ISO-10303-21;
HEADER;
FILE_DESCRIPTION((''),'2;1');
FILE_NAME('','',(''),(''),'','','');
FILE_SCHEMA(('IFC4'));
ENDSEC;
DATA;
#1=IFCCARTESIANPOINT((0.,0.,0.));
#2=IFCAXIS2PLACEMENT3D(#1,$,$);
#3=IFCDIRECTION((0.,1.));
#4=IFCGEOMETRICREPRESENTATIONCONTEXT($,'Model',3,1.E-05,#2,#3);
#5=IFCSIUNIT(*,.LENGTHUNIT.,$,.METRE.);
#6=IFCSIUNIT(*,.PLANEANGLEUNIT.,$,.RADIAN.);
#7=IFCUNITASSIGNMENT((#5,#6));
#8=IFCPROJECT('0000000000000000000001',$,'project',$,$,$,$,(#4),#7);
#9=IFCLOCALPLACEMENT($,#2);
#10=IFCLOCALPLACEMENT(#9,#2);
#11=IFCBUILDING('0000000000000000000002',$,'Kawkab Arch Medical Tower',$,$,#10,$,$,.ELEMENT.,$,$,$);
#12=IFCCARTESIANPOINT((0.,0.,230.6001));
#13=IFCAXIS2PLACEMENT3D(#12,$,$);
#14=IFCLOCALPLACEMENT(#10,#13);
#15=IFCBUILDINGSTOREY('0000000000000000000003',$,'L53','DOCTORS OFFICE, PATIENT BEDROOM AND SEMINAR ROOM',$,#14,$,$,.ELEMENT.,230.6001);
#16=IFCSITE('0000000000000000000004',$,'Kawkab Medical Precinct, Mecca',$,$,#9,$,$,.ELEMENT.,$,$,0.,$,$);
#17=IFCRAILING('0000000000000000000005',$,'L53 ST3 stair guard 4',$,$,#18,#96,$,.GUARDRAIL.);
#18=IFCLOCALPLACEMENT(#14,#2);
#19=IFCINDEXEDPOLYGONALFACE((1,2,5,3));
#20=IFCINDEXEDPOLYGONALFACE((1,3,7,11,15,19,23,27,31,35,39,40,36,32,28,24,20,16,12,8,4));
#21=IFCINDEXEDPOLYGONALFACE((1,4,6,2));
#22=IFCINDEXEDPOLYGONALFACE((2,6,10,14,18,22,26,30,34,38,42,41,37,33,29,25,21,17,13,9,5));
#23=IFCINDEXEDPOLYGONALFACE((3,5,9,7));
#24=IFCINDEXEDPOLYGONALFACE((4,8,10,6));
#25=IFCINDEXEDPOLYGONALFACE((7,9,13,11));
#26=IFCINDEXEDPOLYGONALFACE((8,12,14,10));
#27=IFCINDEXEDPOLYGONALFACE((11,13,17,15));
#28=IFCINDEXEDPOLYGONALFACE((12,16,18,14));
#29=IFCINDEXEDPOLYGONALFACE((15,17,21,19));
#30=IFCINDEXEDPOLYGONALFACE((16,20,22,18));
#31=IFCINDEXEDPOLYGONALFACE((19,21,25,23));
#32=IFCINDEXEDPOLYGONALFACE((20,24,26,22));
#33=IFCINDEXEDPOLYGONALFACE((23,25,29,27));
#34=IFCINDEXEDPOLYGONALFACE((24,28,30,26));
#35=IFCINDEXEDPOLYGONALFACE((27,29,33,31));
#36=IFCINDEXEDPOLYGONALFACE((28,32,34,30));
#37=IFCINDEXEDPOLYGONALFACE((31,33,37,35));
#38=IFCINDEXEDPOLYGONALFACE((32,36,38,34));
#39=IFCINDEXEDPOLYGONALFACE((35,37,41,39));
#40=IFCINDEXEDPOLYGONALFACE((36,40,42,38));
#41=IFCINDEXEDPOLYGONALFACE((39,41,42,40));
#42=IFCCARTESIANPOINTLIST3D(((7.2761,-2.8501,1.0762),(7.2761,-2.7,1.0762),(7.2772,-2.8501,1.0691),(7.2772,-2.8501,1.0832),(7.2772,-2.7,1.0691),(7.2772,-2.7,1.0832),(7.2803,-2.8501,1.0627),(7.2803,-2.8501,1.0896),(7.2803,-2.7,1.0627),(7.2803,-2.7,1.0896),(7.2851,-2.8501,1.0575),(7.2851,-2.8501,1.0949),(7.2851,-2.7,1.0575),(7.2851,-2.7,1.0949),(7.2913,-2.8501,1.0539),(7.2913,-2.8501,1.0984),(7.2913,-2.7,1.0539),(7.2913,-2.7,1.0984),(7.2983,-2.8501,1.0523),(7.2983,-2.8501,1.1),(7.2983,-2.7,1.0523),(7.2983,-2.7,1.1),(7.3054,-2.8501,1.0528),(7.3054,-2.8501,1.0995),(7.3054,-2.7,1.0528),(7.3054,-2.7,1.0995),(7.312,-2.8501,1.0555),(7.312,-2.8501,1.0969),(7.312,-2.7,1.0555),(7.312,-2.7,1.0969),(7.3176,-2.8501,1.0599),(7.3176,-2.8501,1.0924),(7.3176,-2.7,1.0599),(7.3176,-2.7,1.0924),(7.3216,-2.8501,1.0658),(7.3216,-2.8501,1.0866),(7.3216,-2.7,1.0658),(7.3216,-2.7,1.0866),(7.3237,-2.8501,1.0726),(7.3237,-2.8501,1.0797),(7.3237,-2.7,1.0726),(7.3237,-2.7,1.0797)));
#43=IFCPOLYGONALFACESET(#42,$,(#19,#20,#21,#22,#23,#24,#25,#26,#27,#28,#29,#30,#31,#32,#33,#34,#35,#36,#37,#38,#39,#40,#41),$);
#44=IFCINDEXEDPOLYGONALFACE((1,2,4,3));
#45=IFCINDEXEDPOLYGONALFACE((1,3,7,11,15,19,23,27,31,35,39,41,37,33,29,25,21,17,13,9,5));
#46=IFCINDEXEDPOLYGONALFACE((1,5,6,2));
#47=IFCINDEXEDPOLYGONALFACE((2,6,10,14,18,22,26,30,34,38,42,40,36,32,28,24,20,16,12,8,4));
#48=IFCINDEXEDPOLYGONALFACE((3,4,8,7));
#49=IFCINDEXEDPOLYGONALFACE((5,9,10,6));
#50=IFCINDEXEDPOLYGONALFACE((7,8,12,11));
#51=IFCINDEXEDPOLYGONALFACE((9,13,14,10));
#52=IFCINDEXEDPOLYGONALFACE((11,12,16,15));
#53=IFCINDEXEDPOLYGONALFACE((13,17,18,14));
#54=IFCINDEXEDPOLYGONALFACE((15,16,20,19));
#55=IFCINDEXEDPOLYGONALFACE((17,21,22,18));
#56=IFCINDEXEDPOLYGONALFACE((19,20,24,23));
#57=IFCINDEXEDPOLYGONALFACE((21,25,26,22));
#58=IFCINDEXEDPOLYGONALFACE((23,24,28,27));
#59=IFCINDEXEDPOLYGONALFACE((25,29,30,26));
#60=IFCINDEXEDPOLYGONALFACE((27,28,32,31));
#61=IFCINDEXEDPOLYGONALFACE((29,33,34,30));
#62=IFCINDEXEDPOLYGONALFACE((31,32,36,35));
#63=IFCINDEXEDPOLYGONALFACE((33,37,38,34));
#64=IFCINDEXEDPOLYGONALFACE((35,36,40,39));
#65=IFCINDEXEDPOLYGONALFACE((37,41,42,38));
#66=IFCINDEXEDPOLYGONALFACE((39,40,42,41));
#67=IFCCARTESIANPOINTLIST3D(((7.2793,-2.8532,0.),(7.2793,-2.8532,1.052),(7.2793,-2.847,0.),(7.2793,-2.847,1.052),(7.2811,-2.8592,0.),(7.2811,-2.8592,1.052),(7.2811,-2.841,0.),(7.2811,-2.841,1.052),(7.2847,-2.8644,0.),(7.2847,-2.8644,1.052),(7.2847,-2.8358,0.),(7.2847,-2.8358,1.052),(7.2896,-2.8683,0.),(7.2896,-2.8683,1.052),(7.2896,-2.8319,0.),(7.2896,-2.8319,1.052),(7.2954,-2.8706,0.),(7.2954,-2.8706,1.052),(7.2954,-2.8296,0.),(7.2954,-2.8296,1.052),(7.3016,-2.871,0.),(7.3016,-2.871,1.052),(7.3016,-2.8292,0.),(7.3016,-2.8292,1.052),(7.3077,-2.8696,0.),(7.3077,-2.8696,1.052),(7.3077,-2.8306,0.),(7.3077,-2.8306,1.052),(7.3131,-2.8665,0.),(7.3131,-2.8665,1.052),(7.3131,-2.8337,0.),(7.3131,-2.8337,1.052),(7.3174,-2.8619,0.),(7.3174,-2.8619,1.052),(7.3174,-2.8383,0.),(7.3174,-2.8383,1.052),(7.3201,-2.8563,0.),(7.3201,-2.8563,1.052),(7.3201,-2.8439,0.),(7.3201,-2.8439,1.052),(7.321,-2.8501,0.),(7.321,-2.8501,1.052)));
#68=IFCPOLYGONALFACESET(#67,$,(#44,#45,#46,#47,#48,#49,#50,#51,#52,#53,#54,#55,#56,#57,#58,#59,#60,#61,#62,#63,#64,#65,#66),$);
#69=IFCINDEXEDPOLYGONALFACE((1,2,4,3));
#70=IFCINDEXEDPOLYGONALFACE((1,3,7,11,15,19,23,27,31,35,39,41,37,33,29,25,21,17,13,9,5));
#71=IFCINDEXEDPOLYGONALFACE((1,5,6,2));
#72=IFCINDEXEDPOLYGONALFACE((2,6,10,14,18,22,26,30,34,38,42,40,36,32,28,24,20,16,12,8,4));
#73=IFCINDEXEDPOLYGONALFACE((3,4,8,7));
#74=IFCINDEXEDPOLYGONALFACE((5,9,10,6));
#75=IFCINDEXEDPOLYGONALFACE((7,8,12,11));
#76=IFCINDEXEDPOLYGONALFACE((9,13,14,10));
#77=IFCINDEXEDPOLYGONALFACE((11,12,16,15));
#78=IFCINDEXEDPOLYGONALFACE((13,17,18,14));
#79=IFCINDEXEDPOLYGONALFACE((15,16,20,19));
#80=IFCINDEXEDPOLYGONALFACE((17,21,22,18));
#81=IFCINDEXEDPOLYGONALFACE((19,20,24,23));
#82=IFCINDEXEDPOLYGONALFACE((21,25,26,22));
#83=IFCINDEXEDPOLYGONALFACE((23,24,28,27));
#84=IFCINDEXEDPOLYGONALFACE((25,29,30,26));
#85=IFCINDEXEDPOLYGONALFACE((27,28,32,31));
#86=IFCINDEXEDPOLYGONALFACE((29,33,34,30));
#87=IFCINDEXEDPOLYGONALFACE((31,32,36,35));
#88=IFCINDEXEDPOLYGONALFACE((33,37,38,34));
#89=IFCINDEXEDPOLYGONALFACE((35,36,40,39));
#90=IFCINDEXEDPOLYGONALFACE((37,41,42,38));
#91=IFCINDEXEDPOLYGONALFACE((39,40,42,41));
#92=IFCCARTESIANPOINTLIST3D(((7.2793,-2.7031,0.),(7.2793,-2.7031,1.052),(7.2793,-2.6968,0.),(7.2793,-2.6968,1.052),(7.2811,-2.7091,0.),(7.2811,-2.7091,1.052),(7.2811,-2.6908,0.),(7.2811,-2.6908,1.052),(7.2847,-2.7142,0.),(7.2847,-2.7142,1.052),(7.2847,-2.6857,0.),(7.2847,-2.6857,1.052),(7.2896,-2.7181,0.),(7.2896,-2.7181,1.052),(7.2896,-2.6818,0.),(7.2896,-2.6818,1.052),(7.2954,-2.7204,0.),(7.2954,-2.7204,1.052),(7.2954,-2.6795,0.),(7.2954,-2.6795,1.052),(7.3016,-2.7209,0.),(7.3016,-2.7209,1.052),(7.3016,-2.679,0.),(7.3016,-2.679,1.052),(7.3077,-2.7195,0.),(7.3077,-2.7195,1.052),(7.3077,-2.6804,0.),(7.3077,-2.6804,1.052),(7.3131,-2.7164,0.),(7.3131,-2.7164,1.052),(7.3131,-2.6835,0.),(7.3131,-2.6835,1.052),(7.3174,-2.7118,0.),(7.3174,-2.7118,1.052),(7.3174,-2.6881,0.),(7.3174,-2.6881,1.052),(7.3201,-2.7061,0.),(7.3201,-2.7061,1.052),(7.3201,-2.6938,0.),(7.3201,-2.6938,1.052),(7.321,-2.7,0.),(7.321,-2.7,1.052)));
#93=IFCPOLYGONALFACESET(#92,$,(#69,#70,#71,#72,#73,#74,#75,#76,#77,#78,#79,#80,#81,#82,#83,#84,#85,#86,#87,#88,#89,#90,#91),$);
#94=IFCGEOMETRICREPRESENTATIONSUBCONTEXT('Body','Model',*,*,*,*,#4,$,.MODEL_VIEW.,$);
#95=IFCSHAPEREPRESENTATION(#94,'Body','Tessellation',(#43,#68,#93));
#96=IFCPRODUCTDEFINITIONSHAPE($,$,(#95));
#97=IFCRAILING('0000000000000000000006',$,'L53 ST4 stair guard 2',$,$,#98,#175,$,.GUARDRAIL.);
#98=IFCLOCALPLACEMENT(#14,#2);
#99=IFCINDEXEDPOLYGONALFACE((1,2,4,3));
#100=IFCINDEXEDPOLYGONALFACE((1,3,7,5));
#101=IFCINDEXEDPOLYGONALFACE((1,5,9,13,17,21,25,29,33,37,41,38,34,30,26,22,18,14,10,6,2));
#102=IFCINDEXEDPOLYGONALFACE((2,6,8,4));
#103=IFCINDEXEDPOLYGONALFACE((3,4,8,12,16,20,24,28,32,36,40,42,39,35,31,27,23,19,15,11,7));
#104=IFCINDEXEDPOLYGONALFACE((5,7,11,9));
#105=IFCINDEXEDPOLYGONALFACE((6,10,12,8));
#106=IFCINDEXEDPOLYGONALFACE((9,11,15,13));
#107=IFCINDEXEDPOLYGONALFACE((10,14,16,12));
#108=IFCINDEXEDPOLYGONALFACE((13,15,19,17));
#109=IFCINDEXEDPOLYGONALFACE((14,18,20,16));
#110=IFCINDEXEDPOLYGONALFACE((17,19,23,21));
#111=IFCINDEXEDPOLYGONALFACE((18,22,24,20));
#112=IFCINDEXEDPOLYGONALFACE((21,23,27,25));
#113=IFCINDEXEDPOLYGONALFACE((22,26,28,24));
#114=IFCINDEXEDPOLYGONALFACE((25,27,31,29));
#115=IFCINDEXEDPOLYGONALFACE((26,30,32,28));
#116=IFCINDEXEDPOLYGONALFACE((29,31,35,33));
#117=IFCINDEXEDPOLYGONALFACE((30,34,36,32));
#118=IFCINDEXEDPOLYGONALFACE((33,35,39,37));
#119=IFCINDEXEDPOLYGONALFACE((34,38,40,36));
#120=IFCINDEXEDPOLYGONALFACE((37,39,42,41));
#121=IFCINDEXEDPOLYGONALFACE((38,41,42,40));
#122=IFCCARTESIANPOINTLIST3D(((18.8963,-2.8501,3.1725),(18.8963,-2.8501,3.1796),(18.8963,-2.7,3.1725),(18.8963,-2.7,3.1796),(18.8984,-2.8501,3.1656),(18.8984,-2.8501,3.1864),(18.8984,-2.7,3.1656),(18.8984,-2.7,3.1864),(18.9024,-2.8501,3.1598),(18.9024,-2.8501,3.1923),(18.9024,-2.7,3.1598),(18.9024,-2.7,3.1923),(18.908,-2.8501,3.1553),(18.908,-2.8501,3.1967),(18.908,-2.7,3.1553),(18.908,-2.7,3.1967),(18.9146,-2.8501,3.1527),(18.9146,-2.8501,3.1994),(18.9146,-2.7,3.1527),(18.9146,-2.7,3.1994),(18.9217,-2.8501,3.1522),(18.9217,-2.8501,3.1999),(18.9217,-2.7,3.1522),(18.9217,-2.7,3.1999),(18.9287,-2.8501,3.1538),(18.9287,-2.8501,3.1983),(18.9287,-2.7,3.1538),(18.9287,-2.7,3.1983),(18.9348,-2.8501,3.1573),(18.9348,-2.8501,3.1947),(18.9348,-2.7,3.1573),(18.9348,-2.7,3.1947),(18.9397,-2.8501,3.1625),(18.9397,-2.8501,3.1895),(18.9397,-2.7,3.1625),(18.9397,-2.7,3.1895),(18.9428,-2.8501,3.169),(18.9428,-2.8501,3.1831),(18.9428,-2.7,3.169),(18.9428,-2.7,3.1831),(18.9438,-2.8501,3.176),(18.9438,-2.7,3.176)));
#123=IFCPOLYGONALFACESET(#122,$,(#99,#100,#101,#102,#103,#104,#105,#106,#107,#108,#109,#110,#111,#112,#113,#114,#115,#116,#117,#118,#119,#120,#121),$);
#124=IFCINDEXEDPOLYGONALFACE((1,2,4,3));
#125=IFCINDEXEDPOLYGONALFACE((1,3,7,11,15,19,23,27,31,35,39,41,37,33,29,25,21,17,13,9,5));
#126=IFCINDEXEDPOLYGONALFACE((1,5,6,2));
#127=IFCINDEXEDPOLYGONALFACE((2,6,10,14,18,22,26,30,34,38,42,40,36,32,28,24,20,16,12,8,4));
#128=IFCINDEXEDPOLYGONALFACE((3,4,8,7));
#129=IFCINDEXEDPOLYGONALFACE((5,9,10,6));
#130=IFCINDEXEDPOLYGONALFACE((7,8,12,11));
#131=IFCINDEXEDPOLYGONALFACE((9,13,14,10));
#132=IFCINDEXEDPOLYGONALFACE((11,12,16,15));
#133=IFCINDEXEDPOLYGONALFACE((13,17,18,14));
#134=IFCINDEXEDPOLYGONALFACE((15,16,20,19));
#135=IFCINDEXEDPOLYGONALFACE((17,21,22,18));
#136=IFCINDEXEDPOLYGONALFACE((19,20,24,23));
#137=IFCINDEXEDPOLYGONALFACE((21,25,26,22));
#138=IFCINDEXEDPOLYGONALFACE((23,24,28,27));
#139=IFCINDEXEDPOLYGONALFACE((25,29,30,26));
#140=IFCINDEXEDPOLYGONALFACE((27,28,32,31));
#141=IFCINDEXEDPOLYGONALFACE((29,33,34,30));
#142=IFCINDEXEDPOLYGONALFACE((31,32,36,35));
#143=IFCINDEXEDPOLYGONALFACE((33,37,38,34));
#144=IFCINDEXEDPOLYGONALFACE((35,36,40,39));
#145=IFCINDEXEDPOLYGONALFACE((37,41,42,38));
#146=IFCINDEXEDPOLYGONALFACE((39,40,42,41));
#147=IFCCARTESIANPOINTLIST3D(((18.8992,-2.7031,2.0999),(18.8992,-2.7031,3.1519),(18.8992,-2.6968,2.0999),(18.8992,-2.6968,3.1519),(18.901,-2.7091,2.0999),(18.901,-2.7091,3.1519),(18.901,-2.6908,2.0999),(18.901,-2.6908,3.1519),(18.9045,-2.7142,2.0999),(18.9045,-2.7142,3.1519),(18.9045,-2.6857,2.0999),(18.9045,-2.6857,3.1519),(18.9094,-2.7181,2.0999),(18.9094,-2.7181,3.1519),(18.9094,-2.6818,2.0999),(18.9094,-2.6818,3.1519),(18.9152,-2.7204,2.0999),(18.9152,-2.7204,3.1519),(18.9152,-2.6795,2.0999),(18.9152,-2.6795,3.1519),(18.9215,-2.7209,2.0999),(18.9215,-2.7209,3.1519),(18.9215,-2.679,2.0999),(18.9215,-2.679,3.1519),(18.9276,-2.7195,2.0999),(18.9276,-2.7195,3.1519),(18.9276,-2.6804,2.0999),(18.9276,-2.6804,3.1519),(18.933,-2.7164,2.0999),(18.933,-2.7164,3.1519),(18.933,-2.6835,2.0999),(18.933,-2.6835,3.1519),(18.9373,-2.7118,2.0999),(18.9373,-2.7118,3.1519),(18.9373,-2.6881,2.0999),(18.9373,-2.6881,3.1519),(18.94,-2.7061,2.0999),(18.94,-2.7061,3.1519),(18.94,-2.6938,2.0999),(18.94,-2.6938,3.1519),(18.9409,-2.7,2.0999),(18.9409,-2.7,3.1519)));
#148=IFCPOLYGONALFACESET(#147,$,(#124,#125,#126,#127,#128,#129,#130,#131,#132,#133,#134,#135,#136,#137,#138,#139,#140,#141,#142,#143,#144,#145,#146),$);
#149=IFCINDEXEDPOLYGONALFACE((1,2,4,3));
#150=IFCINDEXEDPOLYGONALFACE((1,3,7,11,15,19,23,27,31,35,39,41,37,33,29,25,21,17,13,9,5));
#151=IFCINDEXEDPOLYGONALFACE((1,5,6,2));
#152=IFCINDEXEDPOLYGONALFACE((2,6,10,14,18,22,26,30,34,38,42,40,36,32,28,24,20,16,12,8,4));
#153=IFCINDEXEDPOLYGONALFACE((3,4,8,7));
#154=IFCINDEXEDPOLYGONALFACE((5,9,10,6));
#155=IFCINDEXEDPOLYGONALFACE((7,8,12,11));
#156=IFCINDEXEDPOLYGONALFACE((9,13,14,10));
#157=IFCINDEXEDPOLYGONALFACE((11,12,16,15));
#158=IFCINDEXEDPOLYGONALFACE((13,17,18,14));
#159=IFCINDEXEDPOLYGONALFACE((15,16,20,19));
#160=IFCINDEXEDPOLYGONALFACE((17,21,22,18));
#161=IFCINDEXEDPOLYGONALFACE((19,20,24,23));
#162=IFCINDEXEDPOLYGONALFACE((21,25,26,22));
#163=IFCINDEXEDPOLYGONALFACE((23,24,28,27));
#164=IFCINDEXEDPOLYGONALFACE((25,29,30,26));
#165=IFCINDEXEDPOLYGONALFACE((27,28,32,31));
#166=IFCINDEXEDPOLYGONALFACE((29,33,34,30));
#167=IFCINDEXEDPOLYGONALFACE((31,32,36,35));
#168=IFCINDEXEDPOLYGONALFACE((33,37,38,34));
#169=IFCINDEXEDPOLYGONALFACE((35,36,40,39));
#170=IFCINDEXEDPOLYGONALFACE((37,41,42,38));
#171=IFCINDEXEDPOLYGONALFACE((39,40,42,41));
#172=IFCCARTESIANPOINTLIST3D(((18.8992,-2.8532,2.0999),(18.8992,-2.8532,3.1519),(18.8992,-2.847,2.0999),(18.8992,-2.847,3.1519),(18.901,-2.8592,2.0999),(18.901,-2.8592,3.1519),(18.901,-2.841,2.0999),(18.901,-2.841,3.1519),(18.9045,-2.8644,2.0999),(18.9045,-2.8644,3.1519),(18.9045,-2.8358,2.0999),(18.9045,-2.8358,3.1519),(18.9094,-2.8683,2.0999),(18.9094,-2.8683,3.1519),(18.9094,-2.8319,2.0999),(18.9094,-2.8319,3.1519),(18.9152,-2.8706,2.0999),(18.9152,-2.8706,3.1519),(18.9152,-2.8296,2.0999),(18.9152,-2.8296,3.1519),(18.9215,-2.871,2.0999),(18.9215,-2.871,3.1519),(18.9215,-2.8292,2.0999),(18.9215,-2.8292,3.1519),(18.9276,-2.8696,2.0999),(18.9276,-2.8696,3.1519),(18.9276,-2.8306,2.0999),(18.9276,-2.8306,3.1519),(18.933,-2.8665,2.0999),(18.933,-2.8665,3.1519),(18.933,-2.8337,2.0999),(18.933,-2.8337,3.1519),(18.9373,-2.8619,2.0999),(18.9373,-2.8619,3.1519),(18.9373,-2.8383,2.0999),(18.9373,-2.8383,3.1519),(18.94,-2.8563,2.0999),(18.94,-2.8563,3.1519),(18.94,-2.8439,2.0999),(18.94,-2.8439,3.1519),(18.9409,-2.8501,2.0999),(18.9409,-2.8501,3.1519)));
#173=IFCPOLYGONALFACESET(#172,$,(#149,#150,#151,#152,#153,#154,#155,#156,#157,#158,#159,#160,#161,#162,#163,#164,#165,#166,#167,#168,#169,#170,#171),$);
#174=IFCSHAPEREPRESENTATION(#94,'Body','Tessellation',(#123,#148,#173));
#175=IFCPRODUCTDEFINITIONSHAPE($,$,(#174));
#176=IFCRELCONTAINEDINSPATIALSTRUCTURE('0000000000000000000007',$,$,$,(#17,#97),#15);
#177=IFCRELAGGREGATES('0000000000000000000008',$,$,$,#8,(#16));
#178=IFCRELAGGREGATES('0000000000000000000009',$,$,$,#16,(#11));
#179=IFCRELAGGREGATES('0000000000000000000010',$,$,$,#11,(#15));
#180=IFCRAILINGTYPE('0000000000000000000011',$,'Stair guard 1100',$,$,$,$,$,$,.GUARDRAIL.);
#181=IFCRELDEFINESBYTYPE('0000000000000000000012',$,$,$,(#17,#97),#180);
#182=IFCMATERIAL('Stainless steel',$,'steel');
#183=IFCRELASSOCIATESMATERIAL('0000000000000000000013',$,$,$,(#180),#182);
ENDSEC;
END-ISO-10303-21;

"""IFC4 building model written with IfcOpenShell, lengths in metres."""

from ifc_helpers import new_model, si_unit, direction, frame, origin, origin_2d, place, context, subcontext, project, spatial, circle, extrude, material, type_object, element, save


model = new_model("IFC4")

# Units and contexts
model_context = context("Model", 3, precision=1e-05, world=origin(), true_north=direction((0.0, 1.0)))
body_context = subcontext(model_context, "Body", "Model", "MODEL_VIEW")
ifc_project = project(units=[si_unit("LENGTHUNIT", "METRE"), si_unit("PLANEANGLEUNIT", "RADIAN")], contexts=[model_context])

# Site, building, storey
site_placement = place(None, origin())
site = spatial("IfcSite", under=ifc_project, at=site_placement, Name="Kawkab Medical Precinct, Mecca", CompositionType="ELEMENT", RefElevation=0.0)
building_placement = place(site_placement, origin())
building = spatial("IfcBuilding", under=site, at=building_placement, Name="Kawkab Arch Medical Tower", CompositionType="ELEMENT")
storey_placement = place(building_placement, frame((0.0, 0.0, 230.6001)))
storey = spatial("IfcBuildingStorey", under=building, at=storey_placement, Name="L53", Description="DOCTORS OFFICE, PATIENT BEDROOM AND SEMINAR ROOM", CompositionType="ELEMENT", Elevation=230.6001)

# Railings
ifc_material_1 = material(Name="Stainless steel", Category="steel")
railing_type = type_object("IfcRailingType", Name="Stair guard 1100", PredefinedType="GUARDRAIL", material=ifc_material_1)
railing_1_placement = place(storey_placement, frame((7.3, -2.8501, 0.0)))
element("IfcRailing", 1, at=railing_1_placement, inside=storey, type_object=railing_type, Name="L53 ST3 stair guard 4", PredefinedType="GUARDRAIL", context=body_context, shape_type="SweptSolid", body=[
    extrude(circle(Radius=0.0239, at=origin_2d()), frame((0.0, 0.0, 1.0762), z_axis=(0.0, 1.0, 0.0), x_axis=(-1.0, 0.0, 0.0)), (0.0, 0.0, 1.0), 0.1501),
    extrude(circle(Radius=0.021, at=origin_2d()), origin(), (0.0, 0.0, 1.0), 1.052),
    extrude(circle(Radius=0.021, at=origin_2d()), frame((0.0, 0.1501, 0.0)), (0.0, 0.0, 1.0), 1.052),
])
railing_2_placement = place(storey_placement, frame((18.9199, -2.7, 2.0999)))
element("IfcRailing", 2, at=railing_2_placement, inside=storey, type_object=railing_type, Name="L53 ST4 stair guard 2", PredefinedType="GUARDRAIL", context=body_context, shape_type="SweptSolid", body=[
    extrude(circle(Radius=0.0239, at=origin_2d()), frame((0.0, 0.0, 1.0762), z_axis=(0.0, -1.0, 0.0), x_axis=(1.0, 0.0, 0.0)), (0.0, 0.0, 1.0), 0.1501),
    extrude(circle(Radius=0.021, at=origin_2d()), origin(), (0.0, 0.0, 1.0), 1.052),
    extrude(circle(Radius=0.021, at=origin_2d()), frame((0.0, -0.1501, 0.0)), (0.0, 0.0, 1.0), 1.052),
])

save(model, "model.ifc")
